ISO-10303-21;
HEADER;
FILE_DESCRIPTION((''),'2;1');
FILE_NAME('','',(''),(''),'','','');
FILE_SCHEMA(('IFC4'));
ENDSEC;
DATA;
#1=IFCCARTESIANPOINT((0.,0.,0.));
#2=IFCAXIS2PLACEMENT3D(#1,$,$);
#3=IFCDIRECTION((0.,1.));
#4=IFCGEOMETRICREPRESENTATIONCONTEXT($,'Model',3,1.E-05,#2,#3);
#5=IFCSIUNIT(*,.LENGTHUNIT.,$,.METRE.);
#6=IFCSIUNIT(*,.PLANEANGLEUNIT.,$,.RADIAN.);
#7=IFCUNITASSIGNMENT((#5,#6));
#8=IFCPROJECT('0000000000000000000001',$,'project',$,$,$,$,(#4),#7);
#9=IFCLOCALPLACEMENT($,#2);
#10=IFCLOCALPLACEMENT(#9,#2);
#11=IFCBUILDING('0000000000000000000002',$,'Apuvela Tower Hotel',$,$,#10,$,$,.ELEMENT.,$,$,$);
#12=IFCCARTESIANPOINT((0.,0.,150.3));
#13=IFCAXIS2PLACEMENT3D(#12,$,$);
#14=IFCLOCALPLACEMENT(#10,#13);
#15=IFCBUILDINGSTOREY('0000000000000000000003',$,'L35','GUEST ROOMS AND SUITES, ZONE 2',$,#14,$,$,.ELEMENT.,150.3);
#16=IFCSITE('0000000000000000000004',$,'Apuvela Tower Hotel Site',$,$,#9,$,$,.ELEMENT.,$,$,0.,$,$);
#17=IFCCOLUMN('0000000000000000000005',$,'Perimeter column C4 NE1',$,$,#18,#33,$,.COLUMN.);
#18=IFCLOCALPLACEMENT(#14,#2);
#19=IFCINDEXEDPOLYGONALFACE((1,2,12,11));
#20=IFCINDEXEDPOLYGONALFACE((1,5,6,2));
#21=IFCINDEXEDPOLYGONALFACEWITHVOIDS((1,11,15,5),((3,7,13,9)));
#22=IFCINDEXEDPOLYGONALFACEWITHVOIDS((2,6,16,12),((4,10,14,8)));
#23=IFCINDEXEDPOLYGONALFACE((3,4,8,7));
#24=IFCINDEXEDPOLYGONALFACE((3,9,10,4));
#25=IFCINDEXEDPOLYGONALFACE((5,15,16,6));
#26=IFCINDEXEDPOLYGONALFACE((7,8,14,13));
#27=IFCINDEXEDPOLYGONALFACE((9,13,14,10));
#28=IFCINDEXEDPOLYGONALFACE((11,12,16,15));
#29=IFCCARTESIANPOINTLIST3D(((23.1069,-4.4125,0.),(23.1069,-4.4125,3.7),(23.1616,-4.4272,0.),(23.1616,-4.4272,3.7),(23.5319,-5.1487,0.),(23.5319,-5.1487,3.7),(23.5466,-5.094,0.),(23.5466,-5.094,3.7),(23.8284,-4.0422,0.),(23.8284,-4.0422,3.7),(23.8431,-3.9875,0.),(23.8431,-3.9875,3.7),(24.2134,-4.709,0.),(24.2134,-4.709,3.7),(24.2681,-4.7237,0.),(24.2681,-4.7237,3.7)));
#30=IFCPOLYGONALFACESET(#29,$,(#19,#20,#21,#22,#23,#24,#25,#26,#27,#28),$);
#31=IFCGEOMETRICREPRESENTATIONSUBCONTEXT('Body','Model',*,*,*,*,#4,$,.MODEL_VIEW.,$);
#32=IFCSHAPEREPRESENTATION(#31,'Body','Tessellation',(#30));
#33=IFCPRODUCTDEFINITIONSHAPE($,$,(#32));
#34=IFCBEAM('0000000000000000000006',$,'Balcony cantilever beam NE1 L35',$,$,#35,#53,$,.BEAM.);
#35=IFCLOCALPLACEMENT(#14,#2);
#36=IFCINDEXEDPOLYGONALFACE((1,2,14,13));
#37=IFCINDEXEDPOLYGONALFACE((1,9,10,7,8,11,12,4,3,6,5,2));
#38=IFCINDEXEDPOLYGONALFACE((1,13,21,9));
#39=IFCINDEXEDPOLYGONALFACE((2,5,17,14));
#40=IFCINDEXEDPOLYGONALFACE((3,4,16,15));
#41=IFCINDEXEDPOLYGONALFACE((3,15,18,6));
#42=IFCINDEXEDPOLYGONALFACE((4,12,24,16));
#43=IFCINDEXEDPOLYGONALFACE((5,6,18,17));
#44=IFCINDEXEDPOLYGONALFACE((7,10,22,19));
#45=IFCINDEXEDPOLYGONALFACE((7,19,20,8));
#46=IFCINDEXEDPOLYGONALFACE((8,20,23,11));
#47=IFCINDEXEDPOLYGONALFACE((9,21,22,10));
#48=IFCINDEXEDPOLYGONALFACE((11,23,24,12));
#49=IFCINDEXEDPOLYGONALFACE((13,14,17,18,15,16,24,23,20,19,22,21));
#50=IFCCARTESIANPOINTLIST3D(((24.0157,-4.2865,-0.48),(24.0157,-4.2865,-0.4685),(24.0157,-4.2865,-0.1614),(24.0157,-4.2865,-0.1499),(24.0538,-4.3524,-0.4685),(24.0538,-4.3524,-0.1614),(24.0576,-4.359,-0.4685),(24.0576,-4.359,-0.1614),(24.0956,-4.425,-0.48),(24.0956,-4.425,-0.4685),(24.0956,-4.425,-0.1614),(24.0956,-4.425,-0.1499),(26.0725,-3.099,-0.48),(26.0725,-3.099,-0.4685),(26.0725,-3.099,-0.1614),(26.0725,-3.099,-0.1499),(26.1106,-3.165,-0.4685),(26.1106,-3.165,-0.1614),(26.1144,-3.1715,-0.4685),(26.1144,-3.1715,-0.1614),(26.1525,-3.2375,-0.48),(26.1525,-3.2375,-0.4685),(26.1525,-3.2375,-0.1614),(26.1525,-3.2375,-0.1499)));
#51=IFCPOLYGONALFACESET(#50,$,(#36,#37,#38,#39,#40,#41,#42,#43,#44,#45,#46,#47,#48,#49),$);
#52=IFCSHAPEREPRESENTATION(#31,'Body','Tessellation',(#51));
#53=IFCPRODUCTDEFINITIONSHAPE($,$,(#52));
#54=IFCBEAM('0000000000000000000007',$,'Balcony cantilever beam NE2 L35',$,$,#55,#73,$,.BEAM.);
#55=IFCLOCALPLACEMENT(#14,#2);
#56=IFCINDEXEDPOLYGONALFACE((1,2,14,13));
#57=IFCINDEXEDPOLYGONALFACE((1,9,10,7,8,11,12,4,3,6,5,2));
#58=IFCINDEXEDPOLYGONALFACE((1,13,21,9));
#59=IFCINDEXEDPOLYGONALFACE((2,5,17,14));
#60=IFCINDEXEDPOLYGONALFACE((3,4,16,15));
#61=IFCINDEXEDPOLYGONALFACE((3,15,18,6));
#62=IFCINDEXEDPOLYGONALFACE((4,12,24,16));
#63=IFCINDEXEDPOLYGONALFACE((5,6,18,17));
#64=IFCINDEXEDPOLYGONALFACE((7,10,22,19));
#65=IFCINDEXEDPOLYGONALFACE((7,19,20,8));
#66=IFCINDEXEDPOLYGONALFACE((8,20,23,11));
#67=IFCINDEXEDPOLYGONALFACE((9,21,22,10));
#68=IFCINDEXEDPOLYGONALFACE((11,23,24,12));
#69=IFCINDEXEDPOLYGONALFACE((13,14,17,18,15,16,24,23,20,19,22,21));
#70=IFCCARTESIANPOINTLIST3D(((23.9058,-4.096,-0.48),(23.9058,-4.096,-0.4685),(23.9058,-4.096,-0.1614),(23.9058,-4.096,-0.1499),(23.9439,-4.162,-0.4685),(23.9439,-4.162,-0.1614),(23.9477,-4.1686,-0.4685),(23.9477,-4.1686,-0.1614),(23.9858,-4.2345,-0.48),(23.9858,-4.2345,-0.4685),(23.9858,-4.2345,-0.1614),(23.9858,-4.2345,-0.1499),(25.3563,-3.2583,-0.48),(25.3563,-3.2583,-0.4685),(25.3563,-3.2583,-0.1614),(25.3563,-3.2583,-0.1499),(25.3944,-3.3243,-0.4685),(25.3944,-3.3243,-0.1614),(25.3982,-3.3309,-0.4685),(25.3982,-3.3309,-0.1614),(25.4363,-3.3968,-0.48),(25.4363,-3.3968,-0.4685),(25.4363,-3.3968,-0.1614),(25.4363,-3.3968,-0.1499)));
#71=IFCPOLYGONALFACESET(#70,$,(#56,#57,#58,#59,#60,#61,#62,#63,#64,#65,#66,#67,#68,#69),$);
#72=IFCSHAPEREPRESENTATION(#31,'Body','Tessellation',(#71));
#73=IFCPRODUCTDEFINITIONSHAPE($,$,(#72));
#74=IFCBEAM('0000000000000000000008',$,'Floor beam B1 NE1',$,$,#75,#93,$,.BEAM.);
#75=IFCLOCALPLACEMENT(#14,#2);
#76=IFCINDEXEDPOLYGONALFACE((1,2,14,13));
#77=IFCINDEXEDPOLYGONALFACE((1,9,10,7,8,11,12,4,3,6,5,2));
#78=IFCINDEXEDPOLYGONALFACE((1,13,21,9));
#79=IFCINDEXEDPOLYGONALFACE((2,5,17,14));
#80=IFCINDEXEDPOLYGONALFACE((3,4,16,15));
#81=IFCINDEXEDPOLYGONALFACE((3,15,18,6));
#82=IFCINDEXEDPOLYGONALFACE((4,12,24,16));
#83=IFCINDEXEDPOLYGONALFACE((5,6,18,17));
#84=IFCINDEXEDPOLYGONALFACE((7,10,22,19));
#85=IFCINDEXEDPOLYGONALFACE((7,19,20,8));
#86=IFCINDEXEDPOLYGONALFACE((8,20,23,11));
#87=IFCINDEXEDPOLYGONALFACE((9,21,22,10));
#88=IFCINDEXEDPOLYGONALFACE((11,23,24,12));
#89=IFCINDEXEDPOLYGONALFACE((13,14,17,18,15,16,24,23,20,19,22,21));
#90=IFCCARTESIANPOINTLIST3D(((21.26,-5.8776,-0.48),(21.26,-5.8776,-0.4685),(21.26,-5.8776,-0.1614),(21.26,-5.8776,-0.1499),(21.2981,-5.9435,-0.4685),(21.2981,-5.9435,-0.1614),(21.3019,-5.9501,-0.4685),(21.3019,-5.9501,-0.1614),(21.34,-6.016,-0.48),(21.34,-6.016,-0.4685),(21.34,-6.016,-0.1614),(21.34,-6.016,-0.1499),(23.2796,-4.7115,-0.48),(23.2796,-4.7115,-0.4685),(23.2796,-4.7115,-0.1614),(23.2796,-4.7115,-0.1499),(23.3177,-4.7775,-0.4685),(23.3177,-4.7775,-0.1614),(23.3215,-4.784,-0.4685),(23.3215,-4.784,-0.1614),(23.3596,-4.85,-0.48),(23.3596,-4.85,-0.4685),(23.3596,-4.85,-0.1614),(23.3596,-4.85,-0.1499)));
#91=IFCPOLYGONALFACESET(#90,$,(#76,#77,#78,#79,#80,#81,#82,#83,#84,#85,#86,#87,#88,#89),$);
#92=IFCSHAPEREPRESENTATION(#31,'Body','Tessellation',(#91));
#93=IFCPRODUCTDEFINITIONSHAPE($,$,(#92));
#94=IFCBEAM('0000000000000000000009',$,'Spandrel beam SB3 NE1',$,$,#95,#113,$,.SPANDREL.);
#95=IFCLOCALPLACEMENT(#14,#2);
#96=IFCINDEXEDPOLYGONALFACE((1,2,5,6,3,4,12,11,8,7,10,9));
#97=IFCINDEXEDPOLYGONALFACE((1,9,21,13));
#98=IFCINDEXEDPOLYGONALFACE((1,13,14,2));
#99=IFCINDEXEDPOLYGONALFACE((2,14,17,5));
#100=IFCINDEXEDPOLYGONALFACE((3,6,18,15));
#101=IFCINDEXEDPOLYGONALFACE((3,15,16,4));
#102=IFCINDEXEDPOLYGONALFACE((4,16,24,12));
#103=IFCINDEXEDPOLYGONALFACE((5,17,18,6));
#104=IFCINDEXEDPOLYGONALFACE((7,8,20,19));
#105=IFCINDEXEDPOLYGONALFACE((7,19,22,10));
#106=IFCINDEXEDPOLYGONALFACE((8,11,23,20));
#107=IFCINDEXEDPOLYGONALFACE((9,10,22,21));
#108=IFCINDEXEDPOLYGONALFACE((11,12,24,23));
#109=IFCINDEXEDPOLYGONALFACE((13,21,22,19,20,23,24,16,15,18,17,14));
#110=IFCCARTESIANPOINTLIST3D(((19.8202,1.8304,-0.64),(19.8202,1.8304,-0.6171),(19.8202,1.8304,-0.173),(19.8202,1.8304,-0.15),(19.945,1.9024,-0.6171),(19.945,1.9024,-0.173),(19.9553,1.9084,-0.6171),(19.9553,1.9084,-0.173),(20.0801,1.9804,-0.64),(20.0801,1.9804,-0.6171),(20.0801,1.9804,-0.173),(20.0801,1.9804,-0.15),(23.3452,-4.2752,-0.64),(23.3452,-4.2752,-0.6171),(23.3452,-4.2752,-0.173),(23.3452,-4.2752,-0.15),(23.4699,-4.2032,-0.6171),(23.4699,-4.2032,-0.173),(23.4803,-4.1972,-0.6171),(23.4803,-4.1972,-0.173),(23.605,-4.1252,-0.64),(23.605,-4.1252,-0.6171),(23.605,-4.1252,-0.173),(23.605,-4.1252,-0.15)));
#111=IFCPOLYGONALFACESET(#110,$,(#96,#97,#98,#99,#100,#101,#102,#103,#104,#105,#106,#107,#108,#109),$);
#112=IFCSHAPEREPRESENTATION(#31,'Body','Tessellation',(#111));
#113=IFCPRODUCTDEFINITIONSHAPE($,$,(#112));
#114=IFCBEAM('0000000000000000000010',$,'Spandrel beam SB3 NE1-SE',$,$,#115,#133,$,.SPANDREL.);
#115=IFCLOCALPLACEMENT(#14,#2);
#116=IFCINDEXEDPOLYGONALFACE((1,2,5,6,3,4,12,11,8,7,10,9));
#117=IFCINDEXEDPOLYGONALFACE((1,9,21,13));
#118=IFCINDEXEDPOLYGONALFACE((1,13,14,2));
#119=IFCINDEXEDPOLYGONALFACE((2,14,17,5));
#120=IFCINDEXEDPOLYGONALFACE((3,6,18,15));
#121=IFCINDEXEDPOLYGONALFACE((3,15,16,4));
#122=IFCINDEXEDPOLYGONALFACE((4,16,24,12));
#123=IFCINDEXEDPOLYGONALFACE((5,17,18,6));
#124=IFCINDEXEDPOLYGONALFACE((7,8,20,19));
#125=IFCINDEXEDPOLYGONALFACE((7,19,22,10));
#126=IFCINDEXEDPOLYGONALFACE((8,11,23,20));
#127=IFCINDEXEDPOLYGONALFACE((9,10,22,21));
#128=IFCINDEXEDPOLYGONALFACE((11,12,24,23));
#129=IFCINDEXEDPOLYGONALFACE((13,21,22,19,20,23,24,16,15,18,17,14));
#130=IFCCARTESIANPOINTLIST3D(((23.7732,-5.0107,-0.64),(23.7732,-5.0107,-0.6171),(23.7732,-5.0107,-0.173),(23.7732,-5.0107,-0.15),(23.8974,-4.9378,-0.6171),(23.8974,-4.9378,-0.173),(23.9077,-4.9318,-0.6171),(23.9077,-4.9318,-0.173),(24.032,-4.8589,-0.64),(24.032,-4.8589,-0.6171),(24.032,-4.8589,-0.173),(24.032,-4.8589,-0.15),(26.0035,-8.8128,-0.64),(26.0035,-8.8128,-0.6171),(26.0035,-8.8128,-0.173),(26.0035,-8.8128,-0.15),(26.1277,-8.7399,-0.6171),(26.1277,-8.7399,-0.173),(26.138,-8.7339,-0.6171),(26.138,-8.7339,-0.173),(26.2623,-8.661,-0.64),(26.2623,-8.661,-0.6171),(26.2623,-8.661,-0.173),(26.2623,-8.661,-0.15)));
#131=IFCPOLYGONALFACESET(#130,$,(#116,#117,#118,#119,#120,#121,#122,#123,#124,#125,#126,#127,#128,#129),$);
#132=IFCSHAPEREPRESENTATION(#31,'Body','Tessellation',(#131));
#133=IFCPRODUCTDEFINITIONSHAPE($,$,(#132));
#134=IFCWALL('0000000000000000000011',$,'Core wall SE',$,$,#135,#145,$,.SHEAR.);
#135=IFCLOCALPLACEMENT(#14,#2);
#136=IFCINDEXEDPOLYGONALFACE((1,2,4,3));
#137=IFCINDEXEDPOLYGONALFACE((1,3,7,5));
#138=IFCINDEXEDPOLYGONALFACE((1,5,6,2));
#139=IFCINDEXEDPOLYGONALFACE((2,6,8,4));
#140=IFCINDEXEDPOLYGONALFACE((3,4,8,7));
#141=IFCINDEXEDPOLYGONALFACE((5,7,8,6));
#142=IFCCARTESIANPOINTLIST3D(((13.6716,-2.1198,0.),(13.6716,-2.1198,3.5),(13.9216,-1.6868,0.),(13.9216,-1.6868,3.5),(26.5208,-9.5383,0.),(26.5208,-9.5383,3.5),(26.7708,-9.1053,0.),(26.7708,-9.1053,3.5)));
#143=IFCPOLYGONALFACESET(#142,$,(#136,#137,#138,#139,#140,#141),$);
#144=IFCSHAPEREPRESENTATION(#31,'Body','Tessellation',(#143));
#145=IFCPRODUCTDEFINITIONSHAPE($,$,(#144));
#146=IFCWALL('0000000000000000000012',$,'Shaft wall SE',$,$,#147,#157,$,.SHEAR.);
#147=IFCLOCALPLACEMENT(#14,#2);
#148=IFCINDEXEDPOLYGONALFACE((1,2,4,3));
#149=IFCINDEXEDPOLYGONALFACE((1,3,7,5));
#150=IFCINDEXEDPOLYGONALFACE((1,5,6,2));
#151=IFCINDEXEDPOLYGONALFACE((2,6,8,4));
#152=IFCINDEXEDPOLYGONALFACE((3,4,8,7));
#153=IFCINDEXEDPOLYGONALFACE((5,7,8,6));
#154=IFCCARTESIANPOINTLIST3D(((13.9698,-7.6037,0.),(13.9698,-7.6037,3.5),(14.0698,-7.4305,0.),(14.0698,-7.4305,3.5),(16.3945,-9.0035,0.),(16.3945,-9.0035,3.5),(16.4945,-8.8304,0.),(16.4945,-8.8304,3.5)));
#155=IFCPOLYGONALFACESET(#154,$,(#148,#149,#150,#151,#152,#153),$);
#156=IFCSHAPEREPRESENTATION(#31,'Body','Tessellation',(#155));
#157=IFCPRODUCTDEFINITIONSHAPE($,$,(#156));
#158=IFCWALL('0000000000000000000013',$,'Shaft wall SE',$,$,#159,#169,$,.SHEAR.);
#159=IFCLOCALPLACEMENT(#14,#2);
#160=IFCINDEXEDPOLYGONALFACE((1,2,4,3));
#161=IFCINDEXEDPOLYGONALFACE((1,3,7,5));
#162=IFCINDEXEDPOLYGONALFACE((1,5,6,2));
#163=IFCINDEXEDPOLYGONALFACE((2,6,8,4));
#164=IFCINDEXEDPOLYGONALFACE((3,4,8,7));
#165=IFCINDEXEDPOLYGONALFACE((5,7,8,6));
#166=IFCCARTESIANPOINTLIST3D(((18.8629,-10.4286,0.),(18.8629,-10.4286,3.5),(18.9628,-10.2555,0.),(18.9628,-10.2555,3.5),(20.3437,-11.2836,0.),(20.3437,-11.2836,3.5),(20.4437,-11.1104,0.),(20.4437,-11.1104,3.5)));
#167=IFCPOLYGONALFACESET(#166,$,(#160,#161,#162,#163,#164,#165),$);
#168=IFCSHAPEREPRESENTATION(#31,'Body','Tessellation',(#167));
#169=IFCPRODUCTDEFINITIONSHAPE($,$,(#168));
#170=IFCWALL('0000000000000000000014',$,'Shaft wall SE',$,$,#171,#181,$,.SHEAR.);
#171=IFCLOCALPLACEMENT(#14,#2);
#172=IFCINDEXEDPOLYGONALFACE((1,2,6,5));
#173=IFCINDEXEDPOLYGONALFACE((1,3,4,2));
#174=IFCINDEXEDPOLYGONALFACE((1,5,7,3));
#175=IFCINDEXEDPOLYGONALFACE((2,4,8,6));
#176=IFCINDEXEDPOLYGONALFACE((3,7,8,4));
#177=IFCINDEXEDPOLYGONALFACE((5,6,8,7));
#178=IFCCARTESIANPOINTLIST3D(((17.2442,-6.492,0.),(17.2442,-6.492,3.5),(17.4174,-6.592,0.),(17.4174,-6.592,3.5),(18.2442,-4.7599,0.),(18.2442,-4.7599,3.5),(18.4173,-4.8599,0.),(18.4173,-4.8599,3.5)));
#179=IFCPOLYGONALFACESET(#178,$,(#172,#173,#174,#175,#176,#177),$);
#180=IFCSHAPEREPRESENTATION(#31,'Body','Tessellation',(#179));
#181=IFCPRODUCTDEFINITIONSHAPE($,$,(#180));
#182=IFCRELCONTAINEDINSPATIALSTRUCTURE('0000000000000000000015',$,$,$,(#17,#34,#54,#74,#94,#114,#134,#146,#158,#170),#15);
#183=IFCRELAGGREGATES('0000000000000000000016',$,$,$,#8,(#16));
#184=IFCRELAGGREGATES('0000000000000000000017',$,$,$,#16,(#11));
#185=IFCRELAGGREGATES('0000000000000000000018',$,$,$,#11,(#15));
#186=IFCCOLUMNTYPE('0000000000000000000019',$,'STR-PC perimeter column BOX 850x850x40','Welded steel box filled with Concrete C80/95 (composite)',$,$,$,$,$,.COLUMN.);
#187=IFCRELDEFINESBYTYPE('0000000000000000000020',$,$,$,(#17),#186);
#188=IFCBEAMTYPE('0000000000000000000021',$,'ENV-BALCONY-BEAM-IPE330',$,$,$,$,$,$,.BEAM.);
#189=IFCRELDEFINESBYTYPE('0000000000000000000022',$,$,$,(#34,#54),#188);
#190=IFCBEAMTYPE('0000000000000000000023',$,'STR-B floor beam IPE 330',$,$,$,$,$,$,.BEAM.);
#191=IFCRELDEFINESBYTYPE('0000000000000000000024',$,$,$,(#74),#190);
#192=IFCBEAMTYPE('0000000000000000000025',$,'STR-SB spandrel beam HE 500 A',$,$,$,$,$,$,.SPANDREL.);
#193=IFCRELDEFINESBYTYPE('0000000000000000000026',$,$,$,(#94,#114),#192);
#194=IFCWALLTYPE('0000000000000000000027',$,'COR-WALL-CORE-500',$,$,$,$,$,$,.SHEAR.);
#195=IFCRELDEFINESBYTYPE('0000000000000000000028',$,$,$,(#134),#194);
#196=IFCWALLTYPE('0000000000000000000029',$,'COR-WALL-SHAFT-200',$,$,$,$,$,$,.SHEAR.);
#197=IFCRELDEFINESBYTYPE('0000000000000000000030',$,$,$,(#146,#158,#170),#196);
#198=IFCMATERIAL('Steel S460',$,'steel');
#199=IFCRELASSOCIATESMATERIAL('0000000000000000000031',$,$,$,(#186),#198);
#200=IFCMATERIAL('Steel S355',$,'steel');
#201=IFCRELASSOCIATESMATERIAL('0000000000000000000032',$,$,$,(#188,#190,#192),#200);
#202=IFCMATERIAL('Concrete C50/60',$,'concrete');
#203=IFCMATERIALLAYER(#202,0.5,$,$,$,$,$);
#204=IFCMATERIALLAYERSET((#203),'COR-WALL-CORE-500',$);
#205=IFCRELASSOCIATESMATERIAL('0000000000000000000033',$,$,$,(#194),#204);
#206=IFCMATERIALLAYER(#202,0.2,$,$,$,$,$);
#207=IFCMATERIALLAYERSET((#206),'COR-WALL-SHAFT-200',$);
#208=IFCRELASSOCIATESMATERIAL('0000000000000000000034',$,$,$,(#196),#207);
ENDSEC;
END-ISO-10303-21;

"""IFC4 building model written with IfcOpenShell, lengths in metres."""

from ifc_helpers import new_model, si_unit, direction, frame, frame_2d, origin, origin_2d, place, context, subcontext, project, spatial, rectangle, hollow_rectangle, i_section, extrude, material, layer, layer_set, material_profile, profile_set, type_object, element, save


model = new_model("IFC4")

# Units and contexts
model_context = context("Model", 3, precision=1e-05, world=origin(), true_north=direction((0.0, 1.0)))
body_context = subcontext(model_context, "Body", "Model", "MODEL_VIEW")
ifc_project = project(units=[si_unit("LENGTHUNIT", "METRE"), si_unit("PLANEANGLEUNIT", "RADIAN")], contexts=[model_context])

# Site, building, storey
site_placement = place(None, origin())
site = spatial("IfcSite", under=ifc_project, at=site_placement, Name="Apuvela Tower Hotel Site", CompositionType="ELEMENT", RefElevation=0.0)
building_placement = place(site_placement, origin())
building = spatial("IfcBuilding", under=site, at=building_placement, Name="Apuvela Tower Hotel", CompositionType="ELEMENT")
storey_placement = place(building_placement, frame((0.0, 0.0, 150.3)))
storey = spatial("IfcBuildingStorey", under=building, at=storey_placement, Name="L35", Description="GUEST ROOMS AND SUITES, ZONE 2", CompositionType="ELEMENT", Elevation=150.3)

# Column
ifc_material_1 = material(Name="Steel S460", Category="steel")
ifc_material_profile_1 = material_profile(ifc_material_1, hollow_rectangle(XDim=0.8501, YDim=0.8501, WallThickness=0.04, at=origin_2d()), Name="BOX 850x850x40")
ifc_material_2 = material(Name="Concrete C80/95", Category="concrete")
ifc_material_profile_2 = material_profile(ifc_material_2, rectangle(XDim=0.77, YDim=0.77, at=origin_2d()), Name="Concrete C80/95 infill")
ifc_profile_set_1 = profile_set([ifc_material_profile_1, ifc_material_profile_2], Name="Steel S460")
column_type = type_object("IfcColumnType", Name="STR-PC perimeter column BOX 850x850x40", Description="Welded steel box filled with Concrete C80/95 (composite)", PredefinedType="COLUMN", material=ifc_profile_set_1)
column_placement = place(storey_placement, frame((23.6875, -4.5681, 0.0), z_axis=(0.0, 0.0, 1.0), x_axis=(-0.5, 0.866025, 0.0)))
element("IfcColumn", 1, at=column_placement, inside=storey, type_object=column_type, Name="Perimeter column C4 NE1", PredefinedType="COLUMN", context=body_context, shape_type="SweptSolid", body=[
    extrude(hollow_rectangle(XDim=0.8501, YDim=0.8501, WallThickness=0.04, at=origin_2d()), origin(), (0.0, 0.0, 1.0), 3.7),
])

# Beams
ifc_material_3 = material(Name="Steel S355", Category="steel")
ifc_material_profile_3 = material_profile(ifc_material_3, i_section(OverallWidth=0.1599, OverallDepth=0.3301, WebThickness=0.0076, FlangeThickness=0.0115, at=origin_2d()), Name="IPE 330")
ifc_profile_set_2 = profile_set([ifc_material_profile_3], Name="Steel S355")
beam_type_1 = type_object("IfcBeamType", Name="ENV-BALCONY-BEAM-IPE330", PredefinedType="BEAM", material=ifc_profile_set_2)
beam_1_placement = place(storey_placement, frame((24.0557, -4.3557, -0.3149), z_axis=(0.866033, 0.499986, 0.0), x_axis=(-0.499986, 0.866033, 0.0)))
element("IfcBeam", 2, at=beam_1_placement, inside=storey, type_object=beam_type_1, Name="Balcony cantilever beam NE1 L35", PredefinedType="BEAM", context=body_context, shape_type="SweptSolid", body=[
    extrude(i_section(OverallWidth=0.1599, OverallDepth=0.3301, WebThickness=0.0076, FlangeThickness=0.0115, at=origin_2d()), origin(), (0.0, 0.0, 1.0), 2.375),
])
beam_2_placement = place(storey_placement, frame((23.9458, -4.1653, -0.3149), z_axis=(0.865965, 0.500105, 0.0), x_axis=(-0.500105, 0.865965, 0.0)))
element("IfcBeam", 3, at=beam_2_placement, inside=storey, type_object=beam_type_1, Name="Balcony cantilever beam NE2 L35", PredefinedType="BEAM", context=body_context, shape_type="SweptSolid", body=[
    extrude(i_section(OverallWidth=0.1599, OverallDepth=0.3301, WebThickness=0.0076, FlangeThickness=0.0115, at=origin_2d()), origin(), (0.0, 0.0, 1.0), 1.675),
])
ifc_material_profile_4 = material_profile(ifc_material_3, i_section(OverallWidth=0.1599, OverallDepth=0.3301, WebThickness=0.0076, FlangeThickness=0.0115, at=origin_2d()), Name="IPE 330")
ifc_profile_set_3 = profile_set([ifc_material_profile_4], Name="Steel S355")
beam_type_2 = type_object("IfcBeamType", Name="STR-B floor beam IPE 330", PredefinedType="BEAM", material=ifc_profile_set_3)
beam_3_placement = place(storey_placement, frame((23.3196, -4.7808, -0.3149), z_axis=(-0.866018, -0.500012, 0.0), x_axis=(0.500012, -0.866018, 0.0)))
element("IfcBeam", 4, at=beam_3_placement, inside=storey, type_object=beam_type_2, Name="Floor beam B1 NE1", PredefinedType="BEAM", context=body_context, shape_type="SweptSolid", body=[
    extrude(i_section(OverallWidth=0.1599, OverallDepth=0.3301, WebThickness=0.0076, FlangeThickness=0.0115, at=origin_2d()), origin(), (0.0, 0.0, 1.0), 2.332),
])
ifc_material_profile_5 = material_profile(ifc_material_3, i_section(OverallWidth=0.3, OverallDepth=0.49, WebThickness=0.012, FlangeThickness=0.0229, at=origin_2d()), Name="HE 500 A")
ifc_profile_set_4 = profile_set([ifc_material_profile_5], Name="Steel S355")
beam_type_3 = type_object("IfcBeamType", Name="STR-SB spandrel beam HE 500 A", PredefinedType="SPANDREL", material=ifc_profile_set_4)
beam_4_placement = place(storey_placement, frame((23.4751, -4.2002, -0.395), z_axis=(-0.49999, 0.866031, 0.0), x_axis=(-0.866031, -0.49999, 0.0)))
element("IfcBeam", 5, at=beam_4_placement, inside=storey, type_object=beam_type_3, Name="Spandrel beam SB3 NE1", PredefinedType="SPANDREL", context=body_context, shape_type="SweptSolid", body=[
    extrude(i_section(OverallWidth=0.3, OverallDepth=0.49, WebThickness=0.012, FlangeThickness=0.0229, at=origin_2d()), origin(), (0.0, 0.0, 1.0), 7.05),
])
beam_5_placement = place(storey_placement, frame((23.9026, -4.9348, -0.395), z_axis=(0.505967, -0.862553, 0.0), x_axis=(0.862553, 0.505967, 0.0)))
element("IfcBeam", 6, at=beam_5_placement, inside=storey, type_object=beam_type_3, Name="Spandrel beam SB3 NE1-SE", PredefinedType="SPANDREL", context=body_context, shape_type="SweptSolid", body=[
    extrude(i_section(OverallWidth=0.3, OverallDepth=0.49, WebThickness=0.012, FlangeThickness=0.0229, at=origin_2d()), origin(), (0.0, 0.0, 1.0), 4.408),
])

# Walls
ifc_material_4 = material(Name="Concrete C50/60", Category="concrete")
ifc_layer_1 = layer(ifc_material_4, 0.5)
ifc_layer_set_1 = layer_set([ifc_layer_1], Name="COR-WALL-CORE-500")
wall_type_1 = type_object("IfcWallType", Name="COR-WALL-CORE-500", PredefinedType="SHEAR", material=ifc_layer_set_1)
wall_1_placement = place(storey_placement, frame((13.7966, -1.9033, 0.0), z_axis=(0.0, 0.0, 1.0), x_axis=(0.866025, -0.500001, 0.0)))
element("IfcWall", 7, at=wall_1_placement, inside=storey, type_object=wall_type_1, Name="Core wall SE", PredefinedType="SHEAR", context=body_context, shape_type="SweptSolid", body=[
    extrude(rectangle(XDim=14.8369, YDim=0.5, at=frame_2d((7.4185, 0.0))), origin(), (0.0, 0.0, 1.0), 3.5),
])
ifc_layer_2 = layer(ifc_material_4, 0.2)
ifc_layer_set_2 = layer_set([ifc_layer_2], Name="COR-WALL-SHAFT-200")
wall_type_2 = type_object("IfcWallType", Name="COR-WALL-SHAFT-200", PredefinedType="SHEAR", material=ifc_layer_set_2)
wall_2_placement = place(storey_placement, frame((14.0198, -7.5171, 0.0), z_axis=(0.0, 0.0, 1.0), x_axis=(0.866035, -0.499984, 0.0)))
element("IfcWall", 8, at=wall_2_placement, inside=storey, type_object=wall_type_2, Name="Shaft wall SE", PredefinedType="SHEAR", context=body_context, shape_type="SweptSolid", body=[
    extrude(rectangle(XDim=2.7998, YDim=0.2, at=frame_2d((1.3999, 0.0))), origin(), (0.0, 0.0, 1.0), 3.5),
])
wall_3_placement = place(storey_placement, frame((18.9128, -10.342, 0.0), z_axis=(0.0, 0.0, 1.0), x_axis=(0.866038, -0.499978, 0.0)))
element("IfcWall", 9, at=wall_3_placement, inside=storey, type_object=wall_type_2, Name="Shaft wall SE", PredefinedType="SHEAR", context=body_context, shape_type="SweptSolid", body=[
    extrude(rectangle(XDim=1.71, YDim=0.2, at=frame_2d((0.855, 0.0))), origin(), (0.0, 0.0, 1.0), 3.5),
])
for number, where, z_axis, x_axis, name in (
    (10, (17.3308, -6.542, 0.0), (0.0, 0.0, 1.0), (0.499973, 0.866041, 0.0), "Shaft wall SE"),
):
    element("IfcWall", number, at=place(storey_placement, frame(where, z_axis=z_axis, x_axis=x_axis)), inside=storey, type_object=wall_type_2, Name=name, PredefinedType="SHEAR", context=body_context, shape_type="SweptSolid", body=[
        extrude(rectangle(XDim=2.0, YDim=0.2, at=frame_2d((1.0, 0.0))), origin(), (0.0, 0.0, 1.0), 3.5),
    ])

save(model, "model.ifc")
